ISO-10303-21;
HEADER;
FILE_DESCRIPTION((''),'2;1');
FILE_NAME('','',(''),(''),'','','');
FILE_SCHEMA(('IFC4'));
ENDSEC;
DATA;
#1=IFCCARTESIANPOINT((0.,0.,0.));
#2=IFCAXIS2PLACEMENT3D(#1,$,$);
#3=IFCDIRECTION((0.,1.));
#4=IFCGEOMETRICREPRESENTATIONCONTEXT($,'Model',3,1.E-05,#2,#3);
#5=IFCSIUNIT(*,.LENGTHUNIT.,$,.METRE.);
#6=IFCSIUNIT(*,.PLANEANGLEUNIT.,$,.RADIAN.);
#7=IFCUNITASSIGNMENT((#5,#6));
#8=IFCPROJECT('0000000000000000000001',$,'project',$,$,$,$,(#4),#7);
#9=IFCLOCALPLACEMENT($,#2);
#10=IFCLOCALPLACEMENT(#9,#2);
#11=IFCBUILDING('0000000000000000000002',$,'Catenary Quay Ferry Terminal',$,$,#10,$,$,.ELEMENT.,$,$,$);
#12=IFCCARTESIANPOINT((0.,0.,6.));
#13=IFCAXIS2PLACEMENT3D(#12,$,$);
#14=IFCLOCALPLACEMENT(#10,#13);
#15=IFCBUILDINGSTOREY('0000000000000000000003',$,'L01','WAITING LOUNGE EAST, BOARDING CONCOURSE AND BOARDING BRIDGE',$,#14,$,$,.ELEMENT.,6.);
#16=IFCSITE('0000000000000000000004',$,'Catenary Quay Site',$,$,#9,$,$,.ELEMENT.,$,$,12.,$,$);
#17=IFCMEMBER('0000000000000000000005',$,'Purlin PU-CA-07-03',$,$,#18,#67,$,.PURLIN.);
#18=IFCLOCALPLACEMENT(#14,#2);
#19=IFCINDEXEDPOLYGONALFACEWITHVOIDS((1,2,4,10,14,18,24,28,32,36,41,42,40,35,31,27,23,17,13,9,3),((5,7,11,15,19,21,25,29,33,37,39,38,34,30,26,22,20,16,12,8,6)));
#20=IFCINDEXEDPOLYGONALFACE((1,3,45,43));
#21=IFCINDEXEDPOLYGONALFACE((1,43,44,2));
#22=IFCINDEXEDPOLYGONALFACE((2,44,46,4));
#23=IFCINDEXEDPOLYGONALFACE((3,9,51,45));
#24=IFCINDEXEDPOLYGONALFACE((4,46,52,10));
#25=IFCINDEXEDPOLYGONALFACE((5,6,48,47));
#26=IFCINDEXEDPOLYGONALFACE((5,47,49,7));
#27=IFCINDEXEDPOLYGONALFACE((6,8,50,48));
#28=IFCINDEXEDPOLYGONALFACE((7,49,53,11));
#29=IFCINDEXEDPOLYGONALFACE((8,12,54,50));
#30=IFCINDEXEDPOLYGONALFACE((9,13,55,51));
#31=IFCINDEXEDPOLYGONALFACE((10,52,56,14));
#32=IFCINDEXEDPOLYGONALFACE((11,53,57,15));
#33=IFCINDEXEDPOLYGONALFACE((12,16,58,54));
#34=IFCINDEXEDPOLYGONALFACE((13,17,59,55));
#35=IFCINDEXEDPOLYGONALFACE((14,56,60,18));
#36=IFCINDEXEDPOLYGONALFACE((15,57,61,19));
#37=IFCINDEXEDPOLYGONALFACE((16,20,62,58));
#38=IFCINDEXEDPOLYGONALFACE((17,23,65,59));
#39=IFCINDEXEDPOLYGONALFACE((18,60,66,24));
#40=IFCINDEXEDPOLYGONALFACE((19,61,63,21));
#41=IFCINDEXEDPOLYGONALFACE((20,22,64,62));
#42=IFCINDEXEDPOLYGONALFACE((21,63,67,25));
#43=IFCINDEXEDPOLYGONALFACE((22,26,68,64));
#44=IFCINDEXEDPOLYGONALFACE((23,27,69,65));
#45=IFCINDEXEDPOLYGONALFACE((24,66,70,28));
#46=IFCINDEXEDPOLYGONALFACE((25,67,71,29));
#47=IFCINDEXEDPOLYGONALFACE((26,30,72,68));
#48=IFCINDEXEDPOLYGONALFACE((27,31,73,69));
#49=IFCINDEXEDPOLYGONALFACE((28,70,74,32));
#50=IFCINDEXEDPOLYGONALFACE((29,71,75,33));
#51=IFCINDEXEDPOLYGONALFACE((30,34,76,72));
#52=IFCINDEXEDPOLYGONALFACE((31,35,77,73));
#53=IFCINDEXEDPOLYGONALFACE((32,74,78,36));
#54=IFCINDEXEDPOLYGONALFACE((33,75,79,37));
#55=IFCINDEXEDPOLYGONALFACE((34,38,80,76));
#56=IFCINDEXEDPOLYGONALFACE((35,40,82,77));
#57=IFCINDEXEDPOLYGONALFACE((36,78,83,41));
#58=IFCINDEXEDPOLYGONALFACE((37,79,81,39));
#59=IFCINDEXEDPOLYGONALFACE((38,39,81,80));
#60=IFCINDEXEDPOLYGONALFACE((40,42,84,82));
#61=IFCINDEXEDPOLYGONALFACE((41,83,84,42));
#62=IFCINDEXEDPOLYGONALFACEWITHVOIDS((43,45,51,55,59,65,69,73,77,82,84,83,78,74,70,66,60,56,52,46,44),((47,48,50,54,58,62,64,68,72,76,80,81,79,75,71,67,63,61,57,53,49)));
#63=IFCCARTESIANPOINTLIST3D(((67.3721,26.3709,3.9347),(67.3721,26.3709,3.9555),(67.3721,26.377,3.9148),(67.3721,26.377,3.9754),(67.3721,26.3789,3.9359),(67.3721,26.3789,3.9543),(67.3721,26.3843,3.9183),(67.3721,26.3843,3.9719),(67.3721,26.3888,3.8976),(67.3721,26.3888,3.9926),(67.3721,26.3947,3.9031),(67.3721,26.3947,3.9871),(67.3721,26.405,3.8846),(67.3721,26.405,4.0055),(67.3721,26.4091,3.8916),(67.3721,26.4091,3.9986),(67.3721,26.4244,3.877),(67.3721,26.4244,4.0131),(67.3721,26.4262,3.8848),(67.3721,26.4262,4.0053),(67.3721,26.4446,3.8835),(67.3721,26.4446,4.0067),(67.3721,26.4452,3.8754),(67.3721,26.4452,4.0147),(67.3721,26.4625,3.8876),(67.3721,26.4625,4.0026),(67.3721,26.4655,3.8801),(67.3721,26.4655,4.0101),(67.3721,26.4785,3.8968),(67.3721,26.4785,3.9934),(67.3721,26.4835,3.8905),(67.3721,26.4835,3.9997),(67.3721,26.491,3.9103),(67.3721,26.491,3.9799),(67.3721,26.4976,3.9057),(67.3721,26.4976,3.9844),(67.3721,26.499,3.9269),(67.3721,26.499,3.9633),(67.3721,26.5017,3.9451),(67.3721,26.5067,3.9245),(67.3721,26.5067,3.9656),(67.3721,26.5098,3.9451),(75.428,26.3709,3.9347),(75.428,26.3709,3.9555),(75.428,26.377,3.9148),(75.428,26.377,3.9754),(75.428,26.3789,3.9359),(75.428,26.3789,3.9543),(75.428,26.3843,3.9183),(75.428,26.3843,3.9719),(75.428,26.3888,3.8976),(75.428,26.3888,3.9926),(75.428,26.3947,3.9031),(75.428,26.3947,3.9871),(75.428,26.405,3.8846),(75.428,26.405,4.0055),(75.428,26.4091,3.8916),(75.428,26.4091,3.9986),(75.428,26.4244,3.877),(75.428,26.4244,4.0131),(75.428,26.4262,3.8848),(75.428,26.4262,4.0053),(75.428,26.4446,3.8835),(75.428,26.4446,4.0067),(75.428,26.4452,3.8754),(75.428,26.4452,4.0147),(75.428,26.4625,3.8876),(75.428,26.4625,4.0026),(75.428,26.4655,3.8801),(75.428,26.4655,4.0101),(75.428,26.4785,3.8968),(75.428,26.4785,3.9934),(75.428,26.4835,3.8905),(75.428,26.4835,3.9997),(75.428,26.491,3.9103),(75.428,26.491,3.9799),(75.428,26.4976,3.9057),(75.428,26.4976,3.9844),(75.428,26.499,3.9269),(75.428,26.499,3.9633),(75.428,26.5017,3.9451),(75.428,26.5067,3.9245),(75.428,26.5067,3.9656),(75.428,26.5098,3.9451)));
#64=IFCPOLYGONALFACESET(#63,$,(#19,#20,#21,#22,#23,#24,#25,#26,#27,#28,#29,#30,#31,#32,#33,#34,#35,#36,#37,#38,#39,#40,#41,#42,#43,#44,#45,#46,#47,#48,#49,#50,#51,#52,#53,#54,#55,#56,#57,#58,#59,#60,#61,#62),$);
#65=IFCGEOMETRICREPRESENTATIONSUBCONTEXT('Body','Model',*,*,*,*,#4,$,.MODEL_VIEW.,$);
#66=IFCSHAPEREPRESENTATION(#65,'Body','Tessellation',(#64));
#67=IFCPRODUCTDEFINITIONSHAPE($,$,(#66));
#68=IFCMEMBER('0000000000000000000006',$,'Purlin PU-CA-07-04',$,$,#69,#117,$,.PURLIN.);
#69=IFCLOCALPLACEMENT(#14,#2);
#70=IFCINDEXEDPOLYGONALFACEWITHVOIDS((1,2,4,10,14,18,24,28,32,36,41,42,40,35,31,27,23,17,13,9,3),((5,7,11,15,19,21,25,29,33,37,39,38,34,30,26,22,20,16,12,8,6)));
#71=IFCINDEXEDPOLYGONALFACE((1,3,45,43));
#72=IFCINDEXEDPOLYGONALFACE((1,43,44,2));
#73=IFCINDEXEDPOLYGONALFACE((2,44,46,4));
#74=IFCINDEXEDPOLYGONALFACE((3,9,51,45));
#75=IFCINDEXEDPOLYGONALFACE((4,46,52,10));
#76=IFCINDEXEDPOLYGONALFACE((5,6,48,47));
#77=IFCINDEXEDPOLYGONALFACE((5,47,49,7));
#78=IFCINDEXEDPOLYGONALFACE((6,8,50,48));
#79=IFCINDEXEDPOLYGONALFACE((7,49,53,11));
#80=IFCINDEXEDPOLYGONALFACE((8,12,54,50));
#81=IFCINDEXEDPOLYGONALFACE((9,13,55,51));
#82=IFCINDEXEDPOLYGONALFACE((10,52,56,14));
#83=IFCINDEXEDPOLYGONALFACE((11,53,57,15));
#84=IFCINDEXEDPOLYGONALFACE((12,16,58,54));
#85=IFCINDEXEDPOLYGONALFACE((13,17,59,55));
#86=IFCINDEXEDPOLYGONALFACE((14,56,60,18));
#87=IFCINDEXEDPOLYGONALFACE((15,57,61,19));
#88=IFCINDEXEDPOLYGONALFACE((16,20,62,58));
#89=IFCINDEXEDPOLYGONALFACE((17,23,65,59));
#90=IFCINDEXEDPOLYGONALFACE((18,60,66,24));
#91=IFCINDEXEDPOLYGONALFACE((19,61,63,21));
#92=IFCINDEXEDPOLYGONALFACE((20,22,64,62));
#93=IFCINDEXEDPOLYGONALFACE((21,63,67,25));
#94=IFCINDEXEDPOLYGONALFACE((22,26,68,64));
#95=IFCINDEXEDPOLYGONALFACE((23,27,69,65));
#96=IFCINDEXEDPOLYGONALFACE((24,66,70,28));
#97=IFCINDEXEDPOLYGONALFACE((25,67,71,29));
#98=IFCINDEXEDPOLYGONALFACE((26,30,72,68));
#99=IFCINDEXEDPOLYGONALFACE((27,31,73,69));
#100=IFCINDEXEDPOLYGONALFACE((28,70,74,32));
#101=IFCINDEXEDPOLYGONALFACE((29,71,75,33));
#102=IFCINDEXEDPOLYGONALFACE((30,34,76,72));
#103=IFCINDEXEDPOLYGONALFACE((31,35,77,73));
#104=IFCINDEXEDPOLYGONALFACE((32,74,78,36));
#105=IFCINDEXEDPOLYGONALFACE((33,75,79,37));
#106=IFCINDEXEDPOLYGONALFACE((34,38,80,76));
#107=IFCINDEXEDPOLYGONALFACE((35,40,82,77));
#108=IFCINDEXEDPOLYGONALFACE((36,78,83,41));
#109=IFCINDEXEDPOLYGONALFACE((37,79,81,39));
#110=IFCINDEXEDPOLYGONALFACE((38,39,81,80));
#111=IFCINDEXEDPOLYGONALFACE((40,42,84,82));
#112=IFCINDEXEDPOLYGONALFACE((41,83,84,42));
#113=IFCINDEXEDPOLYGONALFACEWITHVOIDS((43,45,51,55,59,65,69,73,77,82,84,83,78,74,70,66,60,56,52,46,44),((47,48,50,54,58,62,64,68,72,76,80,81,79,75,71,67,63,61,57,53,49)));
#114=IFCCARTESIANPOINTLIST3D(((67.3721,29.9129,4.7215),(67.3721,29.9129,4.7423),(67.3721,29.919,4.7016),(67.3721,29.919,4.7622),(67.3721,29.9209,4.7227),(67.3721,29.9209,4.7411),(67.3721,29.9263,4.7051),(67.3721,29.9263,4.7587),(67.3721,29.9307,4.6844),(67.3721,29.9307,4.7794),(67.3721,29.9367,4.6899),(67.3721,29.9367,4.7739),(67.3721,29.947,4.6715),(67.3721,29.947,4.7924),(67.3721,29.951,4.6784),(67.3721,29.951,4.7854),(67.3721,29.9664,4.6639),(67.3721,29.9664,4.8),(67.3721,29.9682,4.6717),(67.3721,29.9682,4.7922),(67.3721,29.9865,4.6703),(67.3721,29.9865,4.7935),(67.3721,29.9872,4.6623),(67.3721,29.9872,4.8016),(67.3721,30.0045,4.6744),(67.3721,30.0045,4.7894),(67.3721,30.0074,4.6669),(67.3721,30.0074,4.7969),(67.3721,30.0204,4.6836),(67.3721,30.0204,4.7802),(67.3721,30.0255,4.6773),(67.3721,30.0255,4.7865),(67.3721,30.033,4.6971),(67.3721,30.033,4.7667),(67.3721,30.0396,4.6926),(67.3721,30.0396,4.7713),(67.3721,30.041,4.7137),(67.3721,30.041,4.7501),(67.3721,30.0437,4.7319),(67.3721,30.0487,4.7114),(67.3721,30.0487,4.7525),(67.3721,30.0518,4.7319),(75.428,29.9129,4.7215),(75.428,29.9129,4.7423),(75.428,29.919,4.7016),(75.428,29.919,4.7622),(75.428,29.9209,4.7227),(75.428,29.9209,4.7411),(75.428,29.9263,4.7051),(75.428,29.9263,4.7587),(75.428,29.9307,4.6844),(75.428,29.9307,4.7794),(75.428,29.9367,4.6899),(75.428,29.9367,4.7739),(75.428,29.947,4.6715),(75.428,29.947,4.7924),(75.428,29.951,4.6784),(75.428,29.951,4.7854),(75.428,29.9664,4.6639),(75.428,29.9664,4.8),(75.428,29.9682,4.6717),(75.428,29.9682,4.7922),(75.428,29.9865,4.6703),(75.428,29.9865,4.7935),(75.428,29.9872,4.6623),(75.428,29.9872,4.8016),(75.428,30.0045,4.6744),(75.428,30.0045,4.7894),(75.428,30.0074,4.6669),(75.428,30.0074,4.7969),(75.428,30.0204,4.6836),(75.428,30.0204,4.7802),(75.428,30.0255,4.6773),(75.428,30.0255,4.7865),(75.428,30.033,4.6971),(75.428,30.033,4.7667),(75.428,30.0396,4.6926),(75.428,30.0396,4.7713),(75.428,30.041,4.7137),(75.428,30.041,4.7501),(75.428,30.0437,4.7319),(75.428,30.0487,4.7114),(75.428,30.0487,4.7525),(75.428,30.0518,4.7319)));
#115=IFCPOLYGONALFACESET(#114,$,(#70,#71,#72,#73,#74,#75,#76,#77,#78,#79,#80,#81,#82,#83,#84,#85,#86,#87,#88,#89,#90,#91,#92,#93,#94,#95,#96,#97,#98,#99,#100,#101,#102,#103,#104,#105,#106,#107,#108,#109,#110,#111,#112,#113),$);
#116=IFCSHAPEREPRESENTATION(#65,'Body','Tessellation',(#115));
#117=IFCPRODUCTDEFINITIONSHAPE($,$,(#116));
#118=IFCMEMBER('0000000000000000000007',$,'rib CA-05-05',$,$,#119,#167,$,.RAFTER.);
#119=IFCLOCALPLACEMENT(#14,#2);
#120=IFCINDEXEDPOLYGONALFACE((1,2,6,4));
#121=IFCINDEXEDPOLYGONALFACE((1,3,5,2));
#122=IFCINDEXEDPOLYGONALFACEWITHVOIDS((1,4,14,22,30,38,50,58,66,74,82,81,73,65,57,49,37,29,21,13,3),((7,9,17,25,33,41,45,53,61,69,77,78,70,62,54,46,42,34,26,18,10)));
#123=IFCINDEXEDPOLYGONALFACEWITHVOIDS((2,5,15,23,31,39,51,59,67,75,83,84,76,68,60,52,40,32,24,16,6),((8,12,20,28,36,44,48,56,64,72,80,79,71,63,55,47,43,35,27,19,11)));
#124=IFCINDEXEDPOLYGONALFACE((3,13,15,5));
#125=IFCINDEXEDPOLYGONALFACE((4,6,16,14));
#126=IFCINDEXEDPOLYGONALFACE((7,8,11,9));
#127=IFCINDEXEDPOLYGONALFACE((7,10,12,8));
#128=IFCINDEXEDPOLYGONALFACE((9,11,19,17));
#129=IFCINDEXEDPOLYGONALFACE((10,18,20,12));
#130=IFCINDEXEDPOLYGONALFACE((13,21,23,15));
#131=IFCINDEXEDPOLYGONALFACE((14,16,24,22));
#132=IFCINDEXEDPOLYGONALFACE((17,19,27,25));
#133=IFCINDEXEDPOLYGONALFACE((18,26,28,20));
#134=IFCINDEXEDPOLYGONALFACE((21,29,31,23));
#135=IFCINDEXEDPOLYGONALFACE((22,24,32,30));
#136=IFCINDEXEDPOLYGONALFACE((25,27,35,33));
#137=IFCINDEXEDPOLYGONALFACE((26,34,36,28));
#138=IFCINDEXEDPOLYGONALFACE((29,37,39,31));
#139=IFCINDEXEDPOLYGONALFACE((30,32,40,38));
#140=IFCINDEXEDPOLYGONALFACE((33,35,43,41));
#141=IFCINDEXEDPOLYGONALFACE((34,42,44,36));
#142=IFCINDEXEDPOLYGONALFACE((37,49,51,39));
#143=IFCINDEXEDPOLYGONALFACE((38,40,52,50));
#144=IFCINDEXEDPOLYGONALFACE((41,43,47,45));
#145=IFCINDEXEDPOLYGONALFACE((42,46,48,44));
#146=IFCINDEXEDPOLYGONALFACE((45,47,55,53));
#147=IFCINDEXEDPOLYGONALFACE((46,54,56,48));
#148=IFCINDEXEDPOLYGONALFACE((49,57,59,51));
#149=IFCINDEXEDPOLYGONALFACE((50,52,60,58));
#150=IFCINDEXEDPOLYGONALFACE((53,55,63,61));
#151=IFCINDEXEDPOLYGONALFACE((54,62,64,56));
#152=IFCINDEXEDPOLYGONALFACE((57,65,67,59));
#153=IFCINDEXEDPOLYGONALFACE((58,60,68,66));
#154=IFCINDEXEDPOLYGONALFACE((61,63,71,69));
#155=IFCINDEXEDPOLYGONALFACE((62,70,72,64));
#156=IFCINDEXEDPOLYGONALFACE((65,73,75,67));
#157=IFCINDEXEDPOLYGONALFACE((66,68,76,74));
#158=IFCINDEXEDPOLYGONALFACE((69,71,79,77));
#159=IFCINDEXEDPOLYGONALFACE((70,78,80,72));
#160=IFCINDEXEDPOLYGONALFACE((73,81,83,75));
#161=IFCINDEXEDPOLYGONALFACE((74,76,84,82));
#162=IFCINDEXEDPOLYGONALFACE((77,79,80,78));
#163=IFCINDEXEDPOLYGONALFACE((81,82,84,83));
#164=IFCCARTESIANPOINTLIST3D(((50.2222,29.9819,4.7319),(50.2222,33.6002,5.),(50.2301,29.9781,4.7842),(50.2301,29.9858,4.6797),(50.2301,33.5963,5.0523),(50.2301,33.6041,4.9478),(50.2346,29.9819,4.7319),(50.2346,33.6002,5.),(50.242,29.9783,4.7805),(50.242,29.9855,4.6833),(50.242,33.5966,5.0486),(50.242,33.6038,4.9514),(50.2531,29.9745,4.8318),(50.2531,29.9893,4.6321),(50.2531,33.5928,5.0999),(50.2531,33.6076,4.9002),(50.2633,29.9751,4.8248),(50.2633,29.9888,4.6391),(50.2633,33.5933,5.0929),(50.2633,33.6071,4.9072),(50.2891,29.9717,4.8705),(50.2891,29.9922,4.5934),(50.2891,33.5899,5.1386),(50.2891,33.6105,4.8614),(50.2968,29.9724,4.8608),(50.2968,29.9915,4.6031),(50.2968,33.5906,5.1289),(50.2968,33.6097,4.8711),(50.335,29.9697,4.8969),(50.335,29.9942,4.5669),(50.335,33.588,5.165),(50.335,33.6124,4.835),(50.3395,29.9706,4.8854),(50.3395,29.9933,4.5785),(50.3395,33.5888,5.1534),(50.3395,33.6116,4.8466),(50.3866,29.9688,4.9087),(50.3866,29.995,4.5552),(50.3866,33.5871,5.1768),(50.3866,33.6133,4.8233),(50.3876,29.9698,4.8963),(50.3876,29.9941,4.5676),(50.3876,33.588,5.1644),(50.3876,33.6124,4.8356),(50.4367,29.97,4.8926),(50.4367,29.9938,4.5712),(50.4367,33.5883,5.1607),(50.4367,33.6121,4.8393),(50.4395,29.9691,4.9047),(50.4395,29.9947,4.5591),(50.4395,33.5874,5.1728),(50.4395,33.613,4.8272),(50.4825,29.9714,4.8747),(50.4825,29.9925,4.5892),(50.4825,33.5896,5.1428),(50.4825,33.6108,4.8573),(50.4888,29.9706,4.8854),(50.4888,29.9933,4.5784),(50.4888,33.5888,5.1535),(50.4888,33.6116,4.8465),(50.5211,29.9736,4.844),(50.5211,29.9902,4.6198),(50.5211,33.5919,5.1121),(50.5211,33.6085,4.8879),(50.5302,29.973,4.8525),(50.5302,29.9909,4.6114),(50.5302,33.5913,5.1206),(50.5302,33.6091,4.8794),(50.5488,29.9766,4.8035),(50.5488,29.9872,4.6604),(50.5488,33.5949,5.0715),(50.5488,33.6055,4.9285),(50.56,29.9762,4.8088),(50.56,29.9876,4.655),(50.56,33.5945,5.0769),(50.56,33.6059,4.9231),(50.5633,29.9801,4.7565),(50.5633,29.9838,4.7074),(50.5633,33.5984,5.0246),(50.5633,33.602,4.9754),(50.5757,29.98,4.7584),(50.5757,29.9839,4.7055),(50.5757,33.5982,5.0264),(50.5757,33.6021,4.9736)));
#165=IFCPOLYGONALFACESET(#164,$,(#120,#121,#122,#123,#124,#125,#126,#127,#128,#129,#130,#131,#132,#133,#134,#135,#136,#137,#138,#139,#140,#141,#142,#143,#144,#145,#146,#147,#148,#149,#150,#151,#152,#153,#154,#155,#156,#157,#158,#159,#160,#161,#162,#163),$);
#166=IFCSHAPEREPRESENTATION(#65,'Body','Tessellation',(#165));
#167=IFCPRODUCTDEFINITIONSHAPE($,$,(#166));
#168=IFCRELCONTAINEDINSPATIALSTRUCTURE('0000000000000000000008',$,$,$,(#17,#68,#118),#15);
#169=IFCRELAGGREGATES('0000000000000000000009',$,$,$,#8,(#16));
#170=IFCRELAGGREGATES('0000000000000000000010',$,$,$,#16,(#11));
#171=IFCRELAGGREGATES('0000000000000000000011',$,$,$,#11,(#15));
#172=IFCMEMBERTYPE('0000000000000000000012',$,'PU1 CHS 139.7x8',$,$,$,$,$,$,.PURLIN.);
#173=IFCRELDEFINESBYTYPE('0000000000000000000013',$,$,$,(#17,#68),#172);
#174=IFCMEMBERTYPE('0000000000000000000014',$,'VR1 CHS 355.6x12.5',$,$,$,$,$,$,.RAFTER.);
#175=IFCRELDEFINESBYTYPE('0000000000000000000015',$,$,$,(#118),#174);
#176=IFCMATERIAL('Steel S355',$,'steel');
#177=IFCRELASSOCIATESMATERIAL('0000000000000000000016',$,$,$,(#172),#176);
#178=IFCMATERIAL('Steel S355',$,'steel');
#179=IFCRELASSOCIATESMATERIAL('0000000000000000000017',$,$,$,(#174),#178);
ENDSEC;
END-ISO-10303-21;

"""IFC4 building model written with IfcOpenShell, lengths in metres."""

from ifc_helpers import new_model, si_unit, direction, frame, origin, origin_2d, place, context, subcontext, project, spatial, hollow_circle, extrude, material, material_profile, profile_set, type_object, element, save


model = new_model("IFC4")

# Units and contexts
model_context = context("Model", 3, precision=1e-05, world=origin(), true_north=direction((0.0, 1.0)))
body_context = subcontext(model_context, "Body", "Model", "MODEL_VIEW")
ifc_project = project(units=[si_unit("LENGTHUNIT", "METRE"), si_unit("PLANEANGLEUNIT", "RADIAN")], contexts=[model_context])

# Site, building, storey
site_placement = place(None, origin())
site = spatial("IfcSite", under=ifc_project, at=site_placement, Name="Catenary Quay Site", CompositionType="ELEMENT", RefElevation=12.0)
building_placement = place(site_placement, origin())
building = spatial("IfcBuilding", under=site, at=building_placement, Name="Catenary Quay Ferry Terminal", CompositionType="ELEMENT")
storey_placement = place(building_placement, frame((0.0, 0.0, 6.0)))
storey = spatial("IfcBuildingStorey", under=building, at=storey_placement, Name="L01", Description="WAITING LOUNGE EAST, BOARDING CONCOURSE AND BOARDING BRIDGE", CompositionType="ELEMENT", Elevation=6.0)

# Members
ifc_material_1 = material(Name="Steel S355", Category="steel")
ifc_material_profile_1 = material_profile(ifc_material_1, hollow_circle(Radius=0.0698, WallThickness=0.0081, at=origin_2d()), Name="CHS 139.7x8")
ifc_profile_set_1 = profile_set([ifc_material_profile_1], Name="Steel S355")
member_type_1 = type_object("IfcMemberType", Name="PU1 CHS 139.7x8", PredefinedType="PURLIN", material=ifc_profile_set_1)
for number, where, z_axis, x_axis, name in (
    (1, (67.3721, 26.4399, 3.9451), (1.0, 0.0, 0.0), (0.0, 1.0, 0.0), "Purlin PU-CA-07-03"),
    (2, (67.3721, 29.9819, 4.7319), (1.0, 0.0, 0.0), (0.0, 1.0, 0.0), "Purlin PU-CA-07-04"),
):
    element("IfcMember", number, at=place(storey_placement, frame(where, z_axis=z_axis, x_axis=x_axis)), inside=storey, type_object=member_type_1, Name=name, PredefinedType="PURLIN", context=body_context, shape_type="SweptSolid", body=[
        extrude(hollow_circle(Radius=0.0698, WallThickness=0.0081, at=origin_2d()), origin(), (0.0, 0.0, 1.0), 8.0559),
    ])
ifc_material_2 = material(Name="Steel S355", Category="steel")
ifc_material_profile_2 = material_profile(ifc_material_2, hollow_circle(Radius=0.1777, WallThickness=0.0125, at=origin_2d()), Name="CHS 355.6x12.5")
ifc_profile_set_2 = profile_set([ifc_material_profile_2], Name="Steel S355")
member_type_2 = type_object("IfcMemberType", Name="VR1 CHS 355.6x12.5", PredefinedType="RAFTER", material=ifc_profile_set_2)
member_1_placement = place(storey_placement, frame((50.3999, 29.9819, 4.7319), z_axis=(0.0, 0.997267, 0.073887), x_axis=(-1.0, 0.0, 0.0)))
element("IfcMember", 3, at=member_1_placement, inside=storey, type_object=member_type_2, Name="rib CA-05-05", PredefinedType="RAFTER", context=body_context, shape_type="SweptSolid", body=[
    extrude(hollow_circle(Radius=0.1777, WallThickness=0.0125, at=origin_2d()), origin(), (0.0, 0.0, 1.0), 3.6282),
])

save(model, "model.ifc")
